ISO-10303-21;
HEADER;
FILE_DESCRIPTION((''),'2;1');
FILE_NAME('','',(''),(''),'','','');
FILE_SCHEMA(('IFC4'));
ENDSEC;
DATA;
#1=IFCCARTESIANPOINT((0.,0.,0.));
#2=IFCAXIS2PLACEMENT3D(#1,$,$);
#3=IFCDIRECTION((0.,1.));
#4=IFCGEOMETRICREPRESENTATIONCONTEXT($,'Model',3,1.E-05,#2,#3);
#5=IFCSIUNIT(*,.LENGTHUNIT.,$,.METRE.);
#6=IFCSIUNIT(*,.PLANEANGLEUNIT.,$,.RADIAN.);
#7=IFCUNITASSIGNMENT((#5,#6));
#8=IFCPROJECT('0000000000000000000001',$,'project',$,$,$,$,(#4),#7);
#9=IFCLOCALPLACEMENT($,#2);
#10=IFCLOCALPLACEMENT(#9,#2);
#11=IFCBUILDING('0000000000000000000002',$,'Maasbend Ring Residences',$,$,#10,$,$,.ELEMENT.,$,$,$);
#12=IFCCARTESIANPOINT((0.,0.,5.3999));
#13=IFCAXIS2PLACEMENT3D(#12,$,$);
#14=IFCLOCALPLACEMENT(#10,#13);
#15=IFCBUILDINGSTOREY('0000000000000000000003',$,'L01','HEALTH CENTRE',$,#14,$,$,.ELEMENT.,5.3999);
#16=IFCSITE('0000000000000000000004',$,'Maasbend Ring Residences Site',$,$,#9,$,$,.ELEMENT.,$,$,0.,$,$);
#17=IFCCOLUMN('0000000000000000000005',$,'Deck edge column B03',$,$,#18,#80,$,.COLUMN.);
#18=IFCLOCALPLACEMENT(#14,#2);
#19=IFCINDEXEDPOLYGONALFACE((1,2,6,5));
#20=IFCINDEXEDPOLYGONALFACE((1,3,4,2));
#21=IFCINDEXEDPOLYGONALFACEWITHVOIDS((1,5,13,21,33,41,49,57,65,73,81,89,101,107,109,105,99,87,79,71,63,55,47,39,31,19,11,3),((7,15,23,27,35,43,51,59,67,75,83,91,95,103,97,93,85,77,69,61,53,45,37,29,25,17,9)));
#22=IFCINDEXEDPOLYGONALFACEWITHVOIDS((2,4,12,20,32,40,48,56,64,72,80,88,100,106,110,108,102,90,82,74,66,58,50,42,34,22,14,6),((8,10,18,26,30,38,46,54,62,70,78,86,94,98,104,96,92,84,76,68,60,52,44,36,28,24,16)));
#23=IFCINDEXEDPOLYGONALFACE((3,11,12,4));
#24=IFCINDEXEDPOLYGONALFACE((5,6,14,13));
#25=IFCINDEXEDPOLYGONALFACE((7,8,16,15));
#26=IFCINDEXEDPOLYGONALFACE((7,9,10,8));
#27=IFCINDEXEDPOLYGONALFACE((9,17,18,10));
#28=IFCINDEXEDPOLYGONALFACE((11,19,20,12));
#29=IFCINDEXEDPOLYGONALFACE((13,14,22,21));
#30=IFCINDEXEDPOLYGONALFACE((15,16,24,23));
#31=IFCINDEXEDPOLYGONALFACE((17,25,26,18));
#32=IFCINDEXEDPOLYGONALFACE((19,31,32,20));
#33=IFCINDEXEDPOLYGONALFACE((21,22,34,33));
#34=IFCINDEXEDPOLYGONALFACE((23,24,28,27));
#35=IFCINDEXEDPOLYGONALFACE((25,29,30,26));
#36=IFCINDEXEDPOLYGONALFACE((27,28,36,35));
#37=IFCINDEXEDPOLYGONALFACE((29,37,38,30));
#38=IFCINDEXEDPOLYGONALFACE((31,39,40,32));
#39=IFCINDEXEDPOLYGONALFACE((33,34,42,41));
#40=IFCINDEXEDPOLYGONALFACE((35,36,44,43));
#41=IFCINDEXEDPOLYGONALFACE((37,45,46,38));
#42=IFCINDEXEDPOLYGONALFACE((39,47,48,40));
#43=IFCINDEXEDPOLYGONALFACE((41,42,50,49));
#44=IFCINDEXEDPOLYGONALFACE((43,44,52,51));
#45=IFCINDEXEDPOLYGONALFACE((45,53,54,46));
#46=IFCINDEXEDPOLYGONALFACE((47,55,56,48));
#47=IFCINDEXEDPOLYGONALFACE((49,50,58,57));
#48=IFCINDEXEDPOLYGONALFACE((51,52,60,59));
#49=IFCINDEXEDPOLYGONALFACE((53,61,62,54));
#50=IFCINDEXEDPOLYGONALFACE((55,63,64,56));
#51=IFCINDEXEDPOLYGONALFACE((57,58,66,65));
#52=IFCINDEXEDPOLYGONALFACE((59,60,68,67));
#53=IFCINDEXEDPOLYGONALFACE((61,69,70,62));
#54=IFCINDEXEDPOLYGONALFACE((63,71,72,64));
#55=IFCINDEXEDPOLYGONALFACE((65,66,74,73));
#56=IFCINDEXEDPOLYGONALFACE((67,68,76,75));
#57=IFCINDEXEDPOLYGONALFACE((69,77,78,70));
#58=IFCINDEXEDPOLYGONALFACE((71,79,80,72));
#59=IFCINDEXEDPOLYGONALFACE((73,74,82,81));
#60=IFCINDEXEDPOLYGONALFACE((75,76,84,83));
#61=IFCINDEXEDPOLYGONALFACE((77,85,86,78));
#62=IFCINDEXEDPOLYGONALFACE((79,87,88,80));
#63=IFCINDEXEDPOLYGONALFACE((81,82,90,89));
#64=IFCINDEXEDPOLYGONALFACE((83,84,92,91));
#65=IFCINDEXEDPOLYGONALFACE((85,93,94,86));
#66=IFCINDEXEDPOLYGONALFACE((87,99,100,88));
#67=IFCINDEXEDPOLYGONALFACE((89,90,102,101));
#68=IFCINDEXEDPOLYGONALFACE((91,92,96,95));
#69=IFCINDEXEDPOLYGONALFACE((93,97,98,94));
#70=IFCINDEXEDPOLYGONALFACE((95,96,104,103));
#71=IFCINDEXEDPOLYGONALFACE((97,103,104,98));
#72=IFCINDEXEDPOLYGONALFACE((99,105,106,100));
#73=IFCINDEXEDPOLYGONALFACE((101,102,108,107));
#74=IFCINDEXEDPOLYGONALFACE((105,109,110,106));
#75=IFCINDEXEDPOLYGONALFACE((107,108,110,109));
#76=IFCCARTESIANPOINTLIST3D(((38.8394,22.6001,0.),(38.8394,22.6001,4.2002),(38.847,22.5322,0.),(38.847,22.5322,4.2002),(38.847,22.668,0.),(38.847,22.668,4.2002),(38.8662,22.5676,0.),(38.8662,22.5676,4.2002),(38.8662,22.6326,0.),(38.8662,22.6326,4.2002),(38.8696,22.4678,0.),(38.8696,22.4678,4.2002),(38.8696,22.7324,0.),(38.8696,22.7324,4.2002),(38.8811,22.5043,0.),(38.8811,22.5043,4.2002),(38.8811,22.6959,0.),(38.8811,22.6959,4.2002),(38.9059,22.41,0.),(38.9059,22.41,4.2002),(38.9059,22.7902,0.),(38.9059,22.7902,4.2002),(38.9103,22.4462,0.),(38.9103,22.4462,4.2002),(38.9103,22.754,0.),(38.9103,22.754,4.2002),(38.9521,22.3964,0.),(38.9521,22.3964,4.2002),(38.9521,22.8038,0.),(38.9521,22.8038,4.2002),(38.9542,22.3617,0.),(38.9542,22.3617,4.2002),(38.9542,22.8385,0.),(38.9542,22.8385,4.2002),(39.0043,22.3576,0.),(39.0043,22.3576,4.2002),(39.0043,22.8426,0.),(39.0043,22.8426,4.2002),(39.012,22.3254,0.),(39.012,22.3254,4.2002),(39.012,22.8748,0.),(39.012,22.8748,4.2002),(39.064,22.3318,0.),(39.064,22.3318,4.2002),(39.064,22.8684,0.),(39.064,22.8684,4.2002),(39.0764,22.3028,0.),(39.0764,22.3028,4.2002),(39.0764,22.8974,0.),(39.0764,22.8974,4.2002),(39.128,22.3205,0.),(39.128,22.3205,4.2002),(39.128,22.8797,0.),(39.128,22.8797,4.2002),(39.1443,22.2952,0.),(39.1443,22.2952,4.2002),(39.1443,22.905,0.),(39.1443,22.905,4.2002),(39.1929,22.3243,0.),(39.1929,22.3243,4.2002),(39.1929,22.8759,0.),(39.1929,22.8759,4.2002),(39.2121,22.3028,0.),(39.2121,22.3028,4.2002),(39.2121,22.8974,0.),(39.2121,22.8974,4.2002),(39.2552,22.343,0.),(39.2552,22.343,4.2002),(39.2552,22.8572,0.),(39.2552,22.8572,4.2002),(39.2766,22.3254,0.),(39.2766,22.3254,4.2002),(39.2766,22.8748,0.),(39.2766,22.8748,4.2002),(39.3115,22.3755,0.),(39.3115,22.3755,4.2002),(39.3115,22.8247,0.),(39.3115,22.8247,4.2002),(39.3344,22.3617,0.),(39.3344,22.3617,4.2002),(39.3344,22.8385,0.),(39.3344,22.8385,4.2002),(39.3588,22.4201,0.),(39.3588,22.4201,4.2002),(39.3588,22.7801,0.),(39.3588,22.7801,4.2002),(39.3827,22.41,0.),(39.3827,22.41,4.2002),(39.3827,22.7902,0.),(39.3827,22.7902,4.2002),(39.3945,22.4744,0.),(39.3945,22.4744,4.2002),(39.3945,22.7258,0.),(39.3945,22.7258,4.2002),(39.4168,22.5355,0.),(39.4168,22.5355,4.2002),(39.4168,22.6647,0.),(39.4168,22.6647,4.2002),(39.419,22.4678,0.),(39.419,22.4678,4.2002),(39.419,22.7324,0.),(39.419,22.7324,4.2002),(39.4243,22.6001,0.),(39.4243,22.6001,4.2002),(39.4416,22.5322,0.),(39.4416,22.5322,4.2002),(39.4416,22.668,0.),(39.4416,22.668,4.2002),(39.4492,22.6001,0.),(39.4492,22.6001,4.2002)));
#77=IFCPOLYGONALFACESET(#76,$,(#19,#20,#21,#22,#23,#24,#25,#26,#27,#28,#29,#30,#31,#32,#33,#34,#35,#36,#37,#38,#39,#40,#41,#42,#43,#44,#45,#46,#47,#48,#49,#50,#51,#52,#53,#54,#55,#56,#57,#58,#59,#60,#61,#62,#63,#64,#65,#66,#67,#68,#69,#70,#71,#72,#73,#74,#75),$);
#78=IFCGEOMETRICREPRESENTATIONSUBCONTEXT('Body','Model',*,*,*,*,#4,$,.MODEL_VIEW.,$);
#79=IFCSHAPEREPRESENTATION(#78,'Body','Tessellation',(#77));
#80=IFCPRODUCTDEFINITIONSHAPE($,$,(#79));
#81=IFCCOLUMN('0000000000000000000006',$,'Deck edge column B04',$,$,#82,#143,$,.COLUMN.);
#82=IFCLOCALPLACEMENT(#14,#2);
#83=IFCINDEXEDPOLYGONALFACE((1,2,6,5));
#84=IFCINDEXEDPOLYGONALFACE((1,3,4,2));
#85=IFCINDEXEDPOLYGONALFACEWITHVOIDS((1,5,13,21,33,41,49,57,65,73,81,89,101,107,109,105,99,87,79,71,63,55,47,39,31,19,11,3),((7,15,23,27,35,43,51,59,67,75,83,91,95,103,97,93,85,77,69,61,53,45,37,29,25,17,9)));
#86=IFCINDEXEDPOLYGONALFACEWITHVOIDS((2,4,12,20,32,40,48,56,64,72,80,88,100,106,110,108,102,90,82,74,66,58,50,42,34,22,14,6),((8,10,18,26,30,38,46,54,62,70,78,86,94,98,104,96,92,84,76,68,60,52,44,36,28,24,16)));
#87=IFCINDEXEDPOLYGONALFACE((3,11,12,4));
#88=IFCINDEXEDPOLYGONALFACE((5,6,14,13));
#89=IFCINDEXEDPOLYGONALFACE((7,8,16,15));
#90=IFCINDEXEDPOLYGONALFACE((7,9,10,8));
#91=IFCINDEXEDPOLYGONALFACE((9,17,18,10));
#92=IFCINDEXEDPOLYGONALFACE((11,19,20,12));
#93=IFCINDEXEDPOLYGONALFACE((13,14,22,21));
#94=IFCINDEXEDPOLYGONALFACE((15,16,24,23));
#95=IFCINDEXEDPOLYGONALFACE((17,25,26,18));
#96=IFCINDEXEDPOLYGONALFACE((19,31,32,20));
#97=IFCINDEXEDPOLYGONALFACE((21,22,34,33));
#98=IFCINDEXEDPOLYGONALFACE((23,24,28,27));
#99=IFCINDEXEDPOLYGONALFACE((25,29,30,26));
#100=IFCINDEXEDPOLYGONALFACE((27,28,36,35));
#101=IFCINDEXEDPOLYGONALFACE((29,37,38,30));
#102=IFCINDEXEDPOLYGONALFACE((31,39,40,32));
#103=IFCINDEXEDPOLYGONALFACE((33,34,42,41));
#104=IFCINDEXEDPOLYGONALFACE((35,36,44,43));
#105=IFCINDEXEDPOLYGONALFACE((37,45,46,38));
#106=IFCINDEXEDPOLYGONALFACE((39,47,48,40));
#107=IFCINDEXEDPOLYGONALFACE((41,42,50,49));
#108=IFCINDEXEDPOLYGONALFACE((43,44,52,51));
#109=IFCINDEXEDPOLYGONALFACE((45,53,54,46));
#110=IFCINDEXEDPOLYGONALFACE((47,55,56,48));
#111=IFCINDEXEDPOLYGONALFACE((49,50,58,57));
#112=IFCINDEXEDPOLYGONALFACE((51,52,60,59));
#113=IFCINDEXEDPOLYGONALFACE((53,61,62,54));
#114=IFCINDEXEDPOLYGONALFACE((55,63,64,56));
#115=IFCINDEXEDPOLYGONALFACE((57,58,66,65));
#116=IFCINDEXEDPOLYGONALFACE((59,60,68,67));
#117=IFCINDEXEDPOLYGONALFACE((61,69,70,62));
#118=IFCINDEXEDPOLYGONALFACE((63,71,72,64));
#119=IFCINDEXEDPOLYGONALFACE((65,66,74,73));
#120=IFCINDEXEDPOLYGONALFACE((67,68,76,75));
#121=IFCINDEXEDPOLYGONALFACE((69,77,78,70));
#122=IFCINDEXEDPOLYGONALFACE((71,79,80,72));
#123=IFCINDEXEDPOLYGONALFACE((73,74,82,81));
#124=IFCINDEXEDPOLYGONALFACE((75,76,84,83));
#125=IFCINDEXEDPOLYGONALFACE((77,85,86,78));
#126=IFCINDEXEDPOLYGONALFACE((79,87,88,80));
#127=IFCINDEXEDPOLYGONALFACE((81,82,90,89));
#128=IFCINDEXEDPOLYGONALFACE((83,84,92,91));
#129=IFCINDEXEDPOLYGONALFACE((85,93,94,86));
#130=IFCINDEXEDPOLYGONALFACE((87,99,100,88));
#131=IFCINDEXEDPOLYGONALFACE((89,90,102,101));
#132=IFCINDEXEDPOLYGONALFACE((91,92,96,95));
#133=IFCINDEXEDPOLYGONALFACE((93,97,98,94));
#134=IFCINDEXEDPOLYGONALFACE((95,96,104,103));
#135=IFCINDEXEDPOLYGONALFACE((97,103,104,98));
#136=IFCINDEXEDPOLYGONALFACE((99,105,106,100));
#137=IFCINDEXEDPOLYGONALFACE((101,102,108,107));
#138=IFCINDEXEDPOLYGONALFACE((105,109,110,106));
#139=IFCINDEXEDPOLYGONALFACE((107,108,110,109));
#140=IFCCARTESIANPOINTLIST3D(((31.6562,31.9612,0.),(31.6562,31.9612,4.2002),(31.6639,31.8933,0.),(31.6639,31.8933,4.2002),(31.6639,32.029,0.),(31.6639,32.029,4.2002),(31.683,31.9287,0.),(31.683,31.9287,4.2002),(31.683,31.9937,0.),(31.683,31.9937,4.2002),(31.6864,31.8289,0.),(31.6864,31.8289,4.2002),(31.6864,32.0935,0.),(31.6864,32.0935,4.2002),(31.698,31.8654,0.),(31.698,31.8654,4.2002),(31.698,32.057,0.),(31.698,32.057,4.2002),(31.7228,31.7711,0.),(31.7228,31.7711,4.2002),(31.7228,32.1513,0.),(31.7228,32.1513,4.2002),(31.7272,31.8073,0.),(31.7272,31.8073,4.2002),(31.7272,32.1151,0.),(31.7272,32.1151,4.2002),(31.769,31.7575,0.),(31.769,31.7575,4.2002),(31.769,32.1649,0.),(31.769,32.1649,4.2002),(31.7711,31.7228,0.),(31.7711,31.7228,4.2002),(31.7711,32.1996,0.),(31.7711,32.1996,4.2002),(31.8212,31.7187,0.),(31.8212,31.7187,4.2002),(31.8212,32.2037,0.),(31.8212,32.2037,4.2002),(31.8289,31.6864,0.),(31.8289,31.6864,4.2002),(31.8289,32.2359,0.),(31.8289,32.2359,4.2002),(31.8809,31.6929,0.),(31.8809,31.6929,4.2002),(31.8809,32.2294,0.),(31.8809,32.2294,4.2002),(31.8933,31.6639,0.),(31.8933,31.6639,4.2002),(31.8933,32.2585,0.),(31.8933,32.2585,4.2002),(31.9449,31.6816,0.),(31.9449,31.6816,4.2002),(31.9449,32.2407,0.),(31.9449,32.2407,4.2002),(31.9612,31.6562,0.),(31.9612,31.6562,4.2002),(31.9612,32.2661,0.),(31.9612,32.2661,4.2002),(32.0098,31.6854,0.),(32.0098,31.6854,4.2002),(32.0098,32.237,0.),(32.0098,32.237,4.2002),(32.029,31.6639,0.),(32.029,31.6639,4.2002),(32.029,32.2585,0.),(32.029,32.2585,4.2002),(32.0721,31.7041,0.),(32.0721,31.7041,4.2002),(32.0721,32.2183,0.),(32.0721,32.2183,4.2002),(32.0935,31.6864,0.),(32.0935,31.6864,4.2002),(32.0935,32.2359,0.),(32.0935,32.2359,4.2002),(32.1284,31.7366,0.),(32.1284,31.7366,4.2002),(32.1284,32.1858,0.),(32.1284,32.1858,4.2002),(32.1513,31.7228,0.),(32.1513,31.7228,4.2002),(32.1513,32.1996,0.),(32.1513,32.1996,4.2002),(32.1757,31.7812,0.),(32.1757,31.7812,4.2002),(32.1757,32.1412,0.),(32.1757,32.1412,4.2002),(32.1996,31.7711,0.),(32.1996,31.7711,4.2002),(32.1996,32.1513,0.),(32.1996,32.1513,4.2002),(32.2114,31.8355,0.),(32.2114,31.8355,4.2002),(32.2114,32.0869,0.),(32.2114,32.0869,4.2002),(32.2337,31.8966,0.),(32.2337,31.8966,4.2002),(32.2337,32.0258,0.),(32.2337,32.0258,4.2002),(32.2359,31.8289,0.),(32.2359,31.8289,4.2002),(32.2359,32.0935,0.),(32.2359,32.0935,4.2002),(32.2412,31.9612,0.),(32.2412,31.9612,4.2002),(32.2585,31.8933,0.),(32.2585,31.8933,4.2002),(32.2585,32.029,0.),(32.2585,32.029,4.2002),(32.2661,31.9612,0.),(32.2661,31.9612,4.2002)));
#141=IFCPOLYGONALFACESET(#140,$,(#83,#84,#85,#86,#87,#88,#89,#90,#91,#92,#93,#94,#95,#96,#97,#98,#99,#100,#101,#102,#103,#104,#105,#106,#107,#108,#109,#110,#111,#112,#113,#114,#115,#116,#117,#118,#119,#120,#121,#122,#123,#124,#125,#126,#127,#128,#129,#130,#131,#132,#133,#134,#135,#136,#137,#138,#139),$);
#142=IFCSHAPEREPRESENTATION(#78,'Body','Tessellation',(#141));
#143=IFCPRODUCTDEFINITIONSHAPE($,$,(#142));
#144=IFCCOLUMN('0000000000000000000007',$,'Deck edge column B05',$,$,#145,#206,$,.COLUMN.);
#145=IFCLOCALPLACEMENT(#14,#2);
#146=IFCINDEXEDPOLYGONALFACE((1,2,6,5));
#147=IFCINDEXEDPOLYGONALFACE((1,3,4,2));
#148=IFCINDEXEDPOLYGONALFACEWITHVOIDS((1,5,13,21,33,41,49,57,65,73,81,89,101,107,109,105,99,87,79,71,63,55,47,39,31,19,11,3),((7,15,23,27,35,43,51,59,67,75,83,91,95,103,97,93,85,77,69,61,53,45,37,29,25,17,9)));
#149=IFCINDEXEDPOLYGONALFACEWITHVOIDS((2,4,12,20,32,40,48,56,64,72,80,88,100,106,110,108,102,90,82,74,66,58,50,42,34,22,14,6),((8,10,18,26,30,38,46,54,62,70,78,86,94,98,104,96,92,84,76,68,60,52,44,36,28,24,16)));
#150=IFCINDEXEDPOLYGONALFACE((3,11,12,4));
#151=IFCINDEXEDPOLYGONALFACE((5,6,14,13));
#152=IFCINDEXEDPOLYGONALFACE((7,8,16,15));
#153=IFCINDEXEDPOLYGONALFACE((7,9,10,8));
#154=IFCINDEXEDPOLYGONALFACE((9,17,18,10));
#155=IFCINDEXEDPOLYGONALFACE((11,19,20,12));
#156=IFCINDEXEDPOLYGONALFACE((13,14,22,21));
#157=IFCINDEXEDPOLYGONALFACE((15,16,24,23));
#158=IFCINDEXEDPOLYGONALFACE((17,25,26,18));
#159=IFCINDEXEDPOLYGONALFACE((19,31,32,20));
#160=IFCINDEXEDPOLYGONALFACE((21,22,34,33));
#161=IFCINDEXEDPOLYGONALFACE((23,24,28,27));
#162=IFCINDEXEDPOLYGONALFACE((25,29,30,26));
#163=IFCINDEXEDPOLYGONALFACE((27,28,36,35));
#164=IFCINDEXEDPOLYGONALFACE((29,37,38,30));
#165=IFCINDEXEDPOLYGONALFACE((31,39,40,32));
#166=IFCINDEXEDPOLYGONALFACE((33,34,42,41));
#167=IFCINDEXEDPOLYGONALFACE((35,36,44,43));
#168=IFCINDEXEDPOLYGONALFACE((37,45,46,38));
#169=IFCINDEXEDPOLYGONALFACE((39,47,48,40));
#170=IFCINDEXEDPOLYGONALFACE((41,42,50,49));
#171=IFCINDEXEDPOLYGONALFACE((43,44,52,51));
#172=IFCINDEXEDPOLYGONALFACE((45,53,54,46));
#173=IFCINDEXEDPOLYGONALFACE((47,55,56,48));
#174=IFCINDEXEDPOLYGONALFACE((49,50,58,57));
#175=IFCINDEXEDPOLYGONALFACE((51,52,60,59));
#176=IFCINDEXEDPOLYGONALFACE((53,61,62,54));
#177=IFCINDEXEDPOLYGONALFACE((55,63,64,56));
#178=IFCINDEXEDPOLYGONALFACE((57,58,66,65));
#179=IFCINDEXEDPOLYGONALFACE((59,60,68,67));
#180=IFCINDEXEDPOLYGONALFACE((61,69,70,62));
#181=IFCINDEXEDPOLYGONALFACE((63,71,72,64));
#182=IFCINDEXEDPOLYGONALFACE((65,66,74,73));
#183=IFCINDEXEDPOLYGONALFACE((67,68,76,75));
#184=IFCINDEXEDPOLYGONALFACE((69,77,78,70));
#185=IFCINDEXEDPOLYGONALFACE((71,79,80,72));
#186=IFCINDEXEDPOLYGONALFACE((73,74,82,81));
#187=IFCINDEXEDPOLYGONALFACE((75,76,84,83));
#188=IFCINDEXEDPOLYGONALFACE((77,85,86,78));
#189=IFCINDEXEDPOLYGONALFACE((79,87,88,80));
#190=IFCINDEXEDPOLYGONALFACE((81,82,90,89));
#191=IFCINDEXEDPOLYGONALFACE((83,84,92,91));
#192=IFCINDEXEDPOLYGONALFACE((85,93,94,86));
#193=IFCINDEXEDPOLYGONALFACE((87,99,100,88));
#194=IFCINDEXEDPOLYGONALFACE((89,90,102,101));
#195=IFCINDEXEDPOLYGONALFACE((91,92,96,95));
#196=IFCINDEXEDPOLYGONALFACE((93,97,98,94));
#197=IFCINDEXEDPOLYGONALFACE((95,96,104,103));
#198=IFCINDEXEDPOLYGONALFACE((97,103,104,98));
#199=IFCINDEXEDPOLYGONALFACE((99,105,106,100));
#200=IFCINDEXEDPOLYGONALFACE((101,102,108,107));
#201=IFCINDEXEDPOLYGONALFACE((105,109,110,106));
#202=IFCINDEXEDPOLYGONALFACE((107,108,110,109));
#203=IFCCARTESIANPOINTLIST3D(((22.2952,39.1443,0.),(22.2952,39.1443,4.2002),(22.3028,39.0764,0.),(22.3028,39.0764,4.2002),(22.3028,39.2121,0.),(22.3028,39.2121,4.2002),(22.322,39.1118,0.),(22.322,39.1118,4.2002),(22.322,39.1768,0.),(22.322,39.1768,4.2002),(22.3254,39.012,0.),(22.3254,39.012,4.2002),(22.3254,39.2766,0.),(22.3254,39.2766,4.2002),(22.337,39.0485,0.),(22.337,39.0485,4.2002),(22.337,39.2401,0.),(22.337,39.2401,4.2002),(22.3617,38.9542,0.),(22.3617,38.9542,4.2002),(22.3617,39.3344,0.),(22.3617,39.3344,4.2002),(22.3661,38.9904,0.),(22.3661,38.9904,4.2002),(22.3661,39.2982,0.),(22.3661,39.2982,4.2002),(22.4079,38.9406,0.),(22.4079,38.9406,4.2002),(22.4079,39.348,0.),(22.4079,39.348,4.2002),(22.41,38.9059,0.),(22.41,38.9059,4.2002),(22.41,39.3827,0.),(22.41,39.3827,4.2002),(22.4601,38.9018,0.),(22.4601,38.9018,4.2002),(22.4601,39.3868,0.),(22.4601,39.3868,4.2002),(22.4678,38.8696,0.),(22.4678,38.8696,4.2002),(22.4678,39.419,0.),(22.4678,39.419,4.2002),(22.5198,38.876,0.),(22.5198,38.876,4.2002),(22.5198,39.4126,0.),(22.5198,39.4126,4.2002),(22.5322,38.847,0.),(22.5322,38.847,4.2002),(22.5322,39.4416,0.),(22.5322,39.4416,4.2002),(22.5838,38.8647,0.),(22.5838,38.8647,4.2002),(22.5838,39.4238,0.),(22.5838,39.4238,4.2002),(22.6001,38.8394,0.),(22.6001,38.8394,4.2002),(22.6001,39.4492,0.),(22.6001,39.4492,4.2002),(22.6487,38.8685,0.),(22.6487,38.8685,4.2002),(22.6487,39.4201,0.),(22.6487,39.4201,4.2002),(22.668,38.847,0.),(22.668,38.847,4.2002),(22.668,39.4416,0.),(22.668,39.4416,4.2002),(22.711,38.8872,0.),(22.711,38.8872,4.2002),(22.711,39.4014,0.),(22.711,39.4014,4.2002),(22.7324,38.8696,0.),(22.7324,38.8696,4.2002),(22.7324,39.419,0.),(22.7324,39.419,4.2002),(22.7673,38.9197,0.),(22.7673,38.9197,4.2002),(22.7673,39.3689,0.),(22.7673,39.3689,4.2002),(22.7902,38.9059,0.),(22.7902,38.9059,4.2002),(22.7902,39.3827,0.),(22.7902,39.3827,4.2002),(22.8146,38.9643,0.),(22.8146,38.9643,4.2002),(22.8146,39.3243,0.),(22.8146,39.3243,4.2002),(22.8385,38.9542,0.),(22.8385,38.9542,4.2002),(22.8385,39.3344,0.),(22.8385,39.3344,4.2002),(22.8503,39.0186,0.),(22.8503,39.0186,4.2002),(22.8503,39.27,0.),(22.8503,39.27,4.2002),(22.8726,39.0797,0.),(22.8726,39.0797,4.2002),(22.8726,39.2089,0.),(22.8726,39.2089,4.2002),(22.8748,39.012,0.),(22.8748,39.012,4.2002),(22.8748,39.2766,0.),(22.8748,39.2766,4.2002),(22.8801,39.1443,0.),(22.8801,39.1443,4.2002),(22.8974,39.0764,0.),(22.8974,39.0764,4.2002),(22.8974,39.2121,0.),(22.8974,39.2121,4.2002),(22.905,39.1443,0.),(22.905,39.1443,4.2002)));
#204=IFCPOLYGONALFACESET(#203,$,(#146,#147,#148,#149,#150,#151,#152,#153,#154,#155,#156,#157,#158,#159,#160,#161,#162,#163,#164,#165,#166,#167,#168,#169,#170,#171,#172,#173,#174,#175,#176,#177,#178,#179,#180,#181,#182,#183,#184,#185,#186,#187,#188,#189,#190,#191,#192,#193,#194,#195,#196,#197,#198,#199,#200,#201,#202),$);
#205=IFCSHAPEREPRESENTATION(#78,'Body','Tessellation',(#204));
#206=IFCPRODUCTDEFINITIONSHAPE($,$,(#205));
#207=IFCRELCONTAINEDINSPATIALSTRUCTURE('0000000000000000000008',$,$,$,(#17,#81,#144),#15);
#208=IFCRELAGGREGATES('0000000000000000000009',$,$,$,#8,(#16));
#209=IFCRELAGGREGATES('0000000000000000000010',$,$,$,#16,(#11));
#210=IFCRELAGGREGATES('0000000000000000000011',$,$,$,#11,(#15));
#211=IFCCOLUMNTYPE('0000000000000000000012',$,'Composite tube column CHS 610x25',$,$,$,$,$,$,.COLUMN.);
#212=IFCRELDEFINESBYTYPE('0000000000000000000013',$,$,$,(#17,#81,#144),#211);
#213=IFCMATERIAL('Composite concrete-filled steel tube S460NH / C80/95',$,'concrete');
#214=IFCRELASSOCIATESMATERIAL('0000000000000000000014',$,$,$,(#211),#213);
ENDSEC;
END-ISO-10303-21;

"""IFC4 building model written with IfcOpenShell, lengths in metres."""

from ifc_helpers import new_model, si_unit, direction, frame, origin, origin_2d, place, context, subcontext, project, spatial, hollow_circle, extrude, material, material_profile, profile_set, type_object, element, save


model = new_model("IFC4")

# Units and contexts
model_context = context("Model", 3, precision=1e-05, world=origin(), true_north=direction((0.0, 1.0)))
body_context = subcontext(model_context, "Body", "Model", "MODEL_VIEW")
ifc_project = project(units=[si_unit("LENGTHUNIT", "METRE"), si_unit("PLANEANGLEUNIT", "RADIAN")], contexts=[model_context])

# Site, building, storey
site_placement = place(None, origin())
site = spatial("IfcSite", under=ifc_project, at=site_placement, Name="Maasbend Ring Residences Site", CompositionType="ELEMENT", RefElevation=0.0)
building_placement = place(site_placement, origin())
building = spatial("IfcBuilding", under=site, at=building_placement, Name="Maasbend Ring Residences", CompositionType="ELEMENT")
storey_placement = place(building_placement, frame((0.0, 0.0, 5.3999)))
storey = spatial("IfcBuildingStorey", under=building, at=storey_placement, Name="L01", Description="HEALTH CENTRE", CompositionType="ELEMENT", Elevation=5.3999)

# Columns
ifc_material_1 = material(Name="Composite concrete-filled steel tube S460NH / C80/95", Category="concrete")
ifc_material_profile_1 = material_profile(ifc_material_1, hollow_circle(Radius=0.3049, WallThickness=0.0249, at=origin_2d()), Name="Composite tube column CHS 610x25")
ifc_profile_set_1 = profile_set([ifc_material_profile_1], Name="Composite concrete-filled steel tube S460NH / C80/95")
column_type_1 = type_object("IfcColumnType", Name="Composite tube column CHS 610x25", PredefinedType="COLUMN", material=ifc_profile_set_1)
for number, where, z_axis, x_axis, name in (
    (1, (39.1443, 22.6001, 0.0), (0.0, 0.0, 1.0), (1.0, 0.0, 0.0), "Deck edge column B03"),
    (2, (31.9612, 31.9612, 0.0), (0.0, 0.0, 1.0), (1.0, 0.0, 0.0), "Deck edge column B04"),
    (3, (22.6001, 39.1443, 0.0), (0.0, 0.0, 1.0), (1.0, 0.0, 0.0), "Deck edge column B05"),
):
    element("IfcColumn", number, at=place(storey_placement, frame(where, z_axis=z_axis, x_axis=x_axis)), inside=storey, type_object=column_type_1, Name=name, PredefinedType="COLUMN", context=body_context, shape_type="SweptSolid", body=[
        extrude(hollow_circle(Radius=0.3049, WallThickness=0.0249, at=origin_2d()), origin(), (0.0, 0.0, 1.0), 4.2002),
    ])

save(model, "model.ifc")
